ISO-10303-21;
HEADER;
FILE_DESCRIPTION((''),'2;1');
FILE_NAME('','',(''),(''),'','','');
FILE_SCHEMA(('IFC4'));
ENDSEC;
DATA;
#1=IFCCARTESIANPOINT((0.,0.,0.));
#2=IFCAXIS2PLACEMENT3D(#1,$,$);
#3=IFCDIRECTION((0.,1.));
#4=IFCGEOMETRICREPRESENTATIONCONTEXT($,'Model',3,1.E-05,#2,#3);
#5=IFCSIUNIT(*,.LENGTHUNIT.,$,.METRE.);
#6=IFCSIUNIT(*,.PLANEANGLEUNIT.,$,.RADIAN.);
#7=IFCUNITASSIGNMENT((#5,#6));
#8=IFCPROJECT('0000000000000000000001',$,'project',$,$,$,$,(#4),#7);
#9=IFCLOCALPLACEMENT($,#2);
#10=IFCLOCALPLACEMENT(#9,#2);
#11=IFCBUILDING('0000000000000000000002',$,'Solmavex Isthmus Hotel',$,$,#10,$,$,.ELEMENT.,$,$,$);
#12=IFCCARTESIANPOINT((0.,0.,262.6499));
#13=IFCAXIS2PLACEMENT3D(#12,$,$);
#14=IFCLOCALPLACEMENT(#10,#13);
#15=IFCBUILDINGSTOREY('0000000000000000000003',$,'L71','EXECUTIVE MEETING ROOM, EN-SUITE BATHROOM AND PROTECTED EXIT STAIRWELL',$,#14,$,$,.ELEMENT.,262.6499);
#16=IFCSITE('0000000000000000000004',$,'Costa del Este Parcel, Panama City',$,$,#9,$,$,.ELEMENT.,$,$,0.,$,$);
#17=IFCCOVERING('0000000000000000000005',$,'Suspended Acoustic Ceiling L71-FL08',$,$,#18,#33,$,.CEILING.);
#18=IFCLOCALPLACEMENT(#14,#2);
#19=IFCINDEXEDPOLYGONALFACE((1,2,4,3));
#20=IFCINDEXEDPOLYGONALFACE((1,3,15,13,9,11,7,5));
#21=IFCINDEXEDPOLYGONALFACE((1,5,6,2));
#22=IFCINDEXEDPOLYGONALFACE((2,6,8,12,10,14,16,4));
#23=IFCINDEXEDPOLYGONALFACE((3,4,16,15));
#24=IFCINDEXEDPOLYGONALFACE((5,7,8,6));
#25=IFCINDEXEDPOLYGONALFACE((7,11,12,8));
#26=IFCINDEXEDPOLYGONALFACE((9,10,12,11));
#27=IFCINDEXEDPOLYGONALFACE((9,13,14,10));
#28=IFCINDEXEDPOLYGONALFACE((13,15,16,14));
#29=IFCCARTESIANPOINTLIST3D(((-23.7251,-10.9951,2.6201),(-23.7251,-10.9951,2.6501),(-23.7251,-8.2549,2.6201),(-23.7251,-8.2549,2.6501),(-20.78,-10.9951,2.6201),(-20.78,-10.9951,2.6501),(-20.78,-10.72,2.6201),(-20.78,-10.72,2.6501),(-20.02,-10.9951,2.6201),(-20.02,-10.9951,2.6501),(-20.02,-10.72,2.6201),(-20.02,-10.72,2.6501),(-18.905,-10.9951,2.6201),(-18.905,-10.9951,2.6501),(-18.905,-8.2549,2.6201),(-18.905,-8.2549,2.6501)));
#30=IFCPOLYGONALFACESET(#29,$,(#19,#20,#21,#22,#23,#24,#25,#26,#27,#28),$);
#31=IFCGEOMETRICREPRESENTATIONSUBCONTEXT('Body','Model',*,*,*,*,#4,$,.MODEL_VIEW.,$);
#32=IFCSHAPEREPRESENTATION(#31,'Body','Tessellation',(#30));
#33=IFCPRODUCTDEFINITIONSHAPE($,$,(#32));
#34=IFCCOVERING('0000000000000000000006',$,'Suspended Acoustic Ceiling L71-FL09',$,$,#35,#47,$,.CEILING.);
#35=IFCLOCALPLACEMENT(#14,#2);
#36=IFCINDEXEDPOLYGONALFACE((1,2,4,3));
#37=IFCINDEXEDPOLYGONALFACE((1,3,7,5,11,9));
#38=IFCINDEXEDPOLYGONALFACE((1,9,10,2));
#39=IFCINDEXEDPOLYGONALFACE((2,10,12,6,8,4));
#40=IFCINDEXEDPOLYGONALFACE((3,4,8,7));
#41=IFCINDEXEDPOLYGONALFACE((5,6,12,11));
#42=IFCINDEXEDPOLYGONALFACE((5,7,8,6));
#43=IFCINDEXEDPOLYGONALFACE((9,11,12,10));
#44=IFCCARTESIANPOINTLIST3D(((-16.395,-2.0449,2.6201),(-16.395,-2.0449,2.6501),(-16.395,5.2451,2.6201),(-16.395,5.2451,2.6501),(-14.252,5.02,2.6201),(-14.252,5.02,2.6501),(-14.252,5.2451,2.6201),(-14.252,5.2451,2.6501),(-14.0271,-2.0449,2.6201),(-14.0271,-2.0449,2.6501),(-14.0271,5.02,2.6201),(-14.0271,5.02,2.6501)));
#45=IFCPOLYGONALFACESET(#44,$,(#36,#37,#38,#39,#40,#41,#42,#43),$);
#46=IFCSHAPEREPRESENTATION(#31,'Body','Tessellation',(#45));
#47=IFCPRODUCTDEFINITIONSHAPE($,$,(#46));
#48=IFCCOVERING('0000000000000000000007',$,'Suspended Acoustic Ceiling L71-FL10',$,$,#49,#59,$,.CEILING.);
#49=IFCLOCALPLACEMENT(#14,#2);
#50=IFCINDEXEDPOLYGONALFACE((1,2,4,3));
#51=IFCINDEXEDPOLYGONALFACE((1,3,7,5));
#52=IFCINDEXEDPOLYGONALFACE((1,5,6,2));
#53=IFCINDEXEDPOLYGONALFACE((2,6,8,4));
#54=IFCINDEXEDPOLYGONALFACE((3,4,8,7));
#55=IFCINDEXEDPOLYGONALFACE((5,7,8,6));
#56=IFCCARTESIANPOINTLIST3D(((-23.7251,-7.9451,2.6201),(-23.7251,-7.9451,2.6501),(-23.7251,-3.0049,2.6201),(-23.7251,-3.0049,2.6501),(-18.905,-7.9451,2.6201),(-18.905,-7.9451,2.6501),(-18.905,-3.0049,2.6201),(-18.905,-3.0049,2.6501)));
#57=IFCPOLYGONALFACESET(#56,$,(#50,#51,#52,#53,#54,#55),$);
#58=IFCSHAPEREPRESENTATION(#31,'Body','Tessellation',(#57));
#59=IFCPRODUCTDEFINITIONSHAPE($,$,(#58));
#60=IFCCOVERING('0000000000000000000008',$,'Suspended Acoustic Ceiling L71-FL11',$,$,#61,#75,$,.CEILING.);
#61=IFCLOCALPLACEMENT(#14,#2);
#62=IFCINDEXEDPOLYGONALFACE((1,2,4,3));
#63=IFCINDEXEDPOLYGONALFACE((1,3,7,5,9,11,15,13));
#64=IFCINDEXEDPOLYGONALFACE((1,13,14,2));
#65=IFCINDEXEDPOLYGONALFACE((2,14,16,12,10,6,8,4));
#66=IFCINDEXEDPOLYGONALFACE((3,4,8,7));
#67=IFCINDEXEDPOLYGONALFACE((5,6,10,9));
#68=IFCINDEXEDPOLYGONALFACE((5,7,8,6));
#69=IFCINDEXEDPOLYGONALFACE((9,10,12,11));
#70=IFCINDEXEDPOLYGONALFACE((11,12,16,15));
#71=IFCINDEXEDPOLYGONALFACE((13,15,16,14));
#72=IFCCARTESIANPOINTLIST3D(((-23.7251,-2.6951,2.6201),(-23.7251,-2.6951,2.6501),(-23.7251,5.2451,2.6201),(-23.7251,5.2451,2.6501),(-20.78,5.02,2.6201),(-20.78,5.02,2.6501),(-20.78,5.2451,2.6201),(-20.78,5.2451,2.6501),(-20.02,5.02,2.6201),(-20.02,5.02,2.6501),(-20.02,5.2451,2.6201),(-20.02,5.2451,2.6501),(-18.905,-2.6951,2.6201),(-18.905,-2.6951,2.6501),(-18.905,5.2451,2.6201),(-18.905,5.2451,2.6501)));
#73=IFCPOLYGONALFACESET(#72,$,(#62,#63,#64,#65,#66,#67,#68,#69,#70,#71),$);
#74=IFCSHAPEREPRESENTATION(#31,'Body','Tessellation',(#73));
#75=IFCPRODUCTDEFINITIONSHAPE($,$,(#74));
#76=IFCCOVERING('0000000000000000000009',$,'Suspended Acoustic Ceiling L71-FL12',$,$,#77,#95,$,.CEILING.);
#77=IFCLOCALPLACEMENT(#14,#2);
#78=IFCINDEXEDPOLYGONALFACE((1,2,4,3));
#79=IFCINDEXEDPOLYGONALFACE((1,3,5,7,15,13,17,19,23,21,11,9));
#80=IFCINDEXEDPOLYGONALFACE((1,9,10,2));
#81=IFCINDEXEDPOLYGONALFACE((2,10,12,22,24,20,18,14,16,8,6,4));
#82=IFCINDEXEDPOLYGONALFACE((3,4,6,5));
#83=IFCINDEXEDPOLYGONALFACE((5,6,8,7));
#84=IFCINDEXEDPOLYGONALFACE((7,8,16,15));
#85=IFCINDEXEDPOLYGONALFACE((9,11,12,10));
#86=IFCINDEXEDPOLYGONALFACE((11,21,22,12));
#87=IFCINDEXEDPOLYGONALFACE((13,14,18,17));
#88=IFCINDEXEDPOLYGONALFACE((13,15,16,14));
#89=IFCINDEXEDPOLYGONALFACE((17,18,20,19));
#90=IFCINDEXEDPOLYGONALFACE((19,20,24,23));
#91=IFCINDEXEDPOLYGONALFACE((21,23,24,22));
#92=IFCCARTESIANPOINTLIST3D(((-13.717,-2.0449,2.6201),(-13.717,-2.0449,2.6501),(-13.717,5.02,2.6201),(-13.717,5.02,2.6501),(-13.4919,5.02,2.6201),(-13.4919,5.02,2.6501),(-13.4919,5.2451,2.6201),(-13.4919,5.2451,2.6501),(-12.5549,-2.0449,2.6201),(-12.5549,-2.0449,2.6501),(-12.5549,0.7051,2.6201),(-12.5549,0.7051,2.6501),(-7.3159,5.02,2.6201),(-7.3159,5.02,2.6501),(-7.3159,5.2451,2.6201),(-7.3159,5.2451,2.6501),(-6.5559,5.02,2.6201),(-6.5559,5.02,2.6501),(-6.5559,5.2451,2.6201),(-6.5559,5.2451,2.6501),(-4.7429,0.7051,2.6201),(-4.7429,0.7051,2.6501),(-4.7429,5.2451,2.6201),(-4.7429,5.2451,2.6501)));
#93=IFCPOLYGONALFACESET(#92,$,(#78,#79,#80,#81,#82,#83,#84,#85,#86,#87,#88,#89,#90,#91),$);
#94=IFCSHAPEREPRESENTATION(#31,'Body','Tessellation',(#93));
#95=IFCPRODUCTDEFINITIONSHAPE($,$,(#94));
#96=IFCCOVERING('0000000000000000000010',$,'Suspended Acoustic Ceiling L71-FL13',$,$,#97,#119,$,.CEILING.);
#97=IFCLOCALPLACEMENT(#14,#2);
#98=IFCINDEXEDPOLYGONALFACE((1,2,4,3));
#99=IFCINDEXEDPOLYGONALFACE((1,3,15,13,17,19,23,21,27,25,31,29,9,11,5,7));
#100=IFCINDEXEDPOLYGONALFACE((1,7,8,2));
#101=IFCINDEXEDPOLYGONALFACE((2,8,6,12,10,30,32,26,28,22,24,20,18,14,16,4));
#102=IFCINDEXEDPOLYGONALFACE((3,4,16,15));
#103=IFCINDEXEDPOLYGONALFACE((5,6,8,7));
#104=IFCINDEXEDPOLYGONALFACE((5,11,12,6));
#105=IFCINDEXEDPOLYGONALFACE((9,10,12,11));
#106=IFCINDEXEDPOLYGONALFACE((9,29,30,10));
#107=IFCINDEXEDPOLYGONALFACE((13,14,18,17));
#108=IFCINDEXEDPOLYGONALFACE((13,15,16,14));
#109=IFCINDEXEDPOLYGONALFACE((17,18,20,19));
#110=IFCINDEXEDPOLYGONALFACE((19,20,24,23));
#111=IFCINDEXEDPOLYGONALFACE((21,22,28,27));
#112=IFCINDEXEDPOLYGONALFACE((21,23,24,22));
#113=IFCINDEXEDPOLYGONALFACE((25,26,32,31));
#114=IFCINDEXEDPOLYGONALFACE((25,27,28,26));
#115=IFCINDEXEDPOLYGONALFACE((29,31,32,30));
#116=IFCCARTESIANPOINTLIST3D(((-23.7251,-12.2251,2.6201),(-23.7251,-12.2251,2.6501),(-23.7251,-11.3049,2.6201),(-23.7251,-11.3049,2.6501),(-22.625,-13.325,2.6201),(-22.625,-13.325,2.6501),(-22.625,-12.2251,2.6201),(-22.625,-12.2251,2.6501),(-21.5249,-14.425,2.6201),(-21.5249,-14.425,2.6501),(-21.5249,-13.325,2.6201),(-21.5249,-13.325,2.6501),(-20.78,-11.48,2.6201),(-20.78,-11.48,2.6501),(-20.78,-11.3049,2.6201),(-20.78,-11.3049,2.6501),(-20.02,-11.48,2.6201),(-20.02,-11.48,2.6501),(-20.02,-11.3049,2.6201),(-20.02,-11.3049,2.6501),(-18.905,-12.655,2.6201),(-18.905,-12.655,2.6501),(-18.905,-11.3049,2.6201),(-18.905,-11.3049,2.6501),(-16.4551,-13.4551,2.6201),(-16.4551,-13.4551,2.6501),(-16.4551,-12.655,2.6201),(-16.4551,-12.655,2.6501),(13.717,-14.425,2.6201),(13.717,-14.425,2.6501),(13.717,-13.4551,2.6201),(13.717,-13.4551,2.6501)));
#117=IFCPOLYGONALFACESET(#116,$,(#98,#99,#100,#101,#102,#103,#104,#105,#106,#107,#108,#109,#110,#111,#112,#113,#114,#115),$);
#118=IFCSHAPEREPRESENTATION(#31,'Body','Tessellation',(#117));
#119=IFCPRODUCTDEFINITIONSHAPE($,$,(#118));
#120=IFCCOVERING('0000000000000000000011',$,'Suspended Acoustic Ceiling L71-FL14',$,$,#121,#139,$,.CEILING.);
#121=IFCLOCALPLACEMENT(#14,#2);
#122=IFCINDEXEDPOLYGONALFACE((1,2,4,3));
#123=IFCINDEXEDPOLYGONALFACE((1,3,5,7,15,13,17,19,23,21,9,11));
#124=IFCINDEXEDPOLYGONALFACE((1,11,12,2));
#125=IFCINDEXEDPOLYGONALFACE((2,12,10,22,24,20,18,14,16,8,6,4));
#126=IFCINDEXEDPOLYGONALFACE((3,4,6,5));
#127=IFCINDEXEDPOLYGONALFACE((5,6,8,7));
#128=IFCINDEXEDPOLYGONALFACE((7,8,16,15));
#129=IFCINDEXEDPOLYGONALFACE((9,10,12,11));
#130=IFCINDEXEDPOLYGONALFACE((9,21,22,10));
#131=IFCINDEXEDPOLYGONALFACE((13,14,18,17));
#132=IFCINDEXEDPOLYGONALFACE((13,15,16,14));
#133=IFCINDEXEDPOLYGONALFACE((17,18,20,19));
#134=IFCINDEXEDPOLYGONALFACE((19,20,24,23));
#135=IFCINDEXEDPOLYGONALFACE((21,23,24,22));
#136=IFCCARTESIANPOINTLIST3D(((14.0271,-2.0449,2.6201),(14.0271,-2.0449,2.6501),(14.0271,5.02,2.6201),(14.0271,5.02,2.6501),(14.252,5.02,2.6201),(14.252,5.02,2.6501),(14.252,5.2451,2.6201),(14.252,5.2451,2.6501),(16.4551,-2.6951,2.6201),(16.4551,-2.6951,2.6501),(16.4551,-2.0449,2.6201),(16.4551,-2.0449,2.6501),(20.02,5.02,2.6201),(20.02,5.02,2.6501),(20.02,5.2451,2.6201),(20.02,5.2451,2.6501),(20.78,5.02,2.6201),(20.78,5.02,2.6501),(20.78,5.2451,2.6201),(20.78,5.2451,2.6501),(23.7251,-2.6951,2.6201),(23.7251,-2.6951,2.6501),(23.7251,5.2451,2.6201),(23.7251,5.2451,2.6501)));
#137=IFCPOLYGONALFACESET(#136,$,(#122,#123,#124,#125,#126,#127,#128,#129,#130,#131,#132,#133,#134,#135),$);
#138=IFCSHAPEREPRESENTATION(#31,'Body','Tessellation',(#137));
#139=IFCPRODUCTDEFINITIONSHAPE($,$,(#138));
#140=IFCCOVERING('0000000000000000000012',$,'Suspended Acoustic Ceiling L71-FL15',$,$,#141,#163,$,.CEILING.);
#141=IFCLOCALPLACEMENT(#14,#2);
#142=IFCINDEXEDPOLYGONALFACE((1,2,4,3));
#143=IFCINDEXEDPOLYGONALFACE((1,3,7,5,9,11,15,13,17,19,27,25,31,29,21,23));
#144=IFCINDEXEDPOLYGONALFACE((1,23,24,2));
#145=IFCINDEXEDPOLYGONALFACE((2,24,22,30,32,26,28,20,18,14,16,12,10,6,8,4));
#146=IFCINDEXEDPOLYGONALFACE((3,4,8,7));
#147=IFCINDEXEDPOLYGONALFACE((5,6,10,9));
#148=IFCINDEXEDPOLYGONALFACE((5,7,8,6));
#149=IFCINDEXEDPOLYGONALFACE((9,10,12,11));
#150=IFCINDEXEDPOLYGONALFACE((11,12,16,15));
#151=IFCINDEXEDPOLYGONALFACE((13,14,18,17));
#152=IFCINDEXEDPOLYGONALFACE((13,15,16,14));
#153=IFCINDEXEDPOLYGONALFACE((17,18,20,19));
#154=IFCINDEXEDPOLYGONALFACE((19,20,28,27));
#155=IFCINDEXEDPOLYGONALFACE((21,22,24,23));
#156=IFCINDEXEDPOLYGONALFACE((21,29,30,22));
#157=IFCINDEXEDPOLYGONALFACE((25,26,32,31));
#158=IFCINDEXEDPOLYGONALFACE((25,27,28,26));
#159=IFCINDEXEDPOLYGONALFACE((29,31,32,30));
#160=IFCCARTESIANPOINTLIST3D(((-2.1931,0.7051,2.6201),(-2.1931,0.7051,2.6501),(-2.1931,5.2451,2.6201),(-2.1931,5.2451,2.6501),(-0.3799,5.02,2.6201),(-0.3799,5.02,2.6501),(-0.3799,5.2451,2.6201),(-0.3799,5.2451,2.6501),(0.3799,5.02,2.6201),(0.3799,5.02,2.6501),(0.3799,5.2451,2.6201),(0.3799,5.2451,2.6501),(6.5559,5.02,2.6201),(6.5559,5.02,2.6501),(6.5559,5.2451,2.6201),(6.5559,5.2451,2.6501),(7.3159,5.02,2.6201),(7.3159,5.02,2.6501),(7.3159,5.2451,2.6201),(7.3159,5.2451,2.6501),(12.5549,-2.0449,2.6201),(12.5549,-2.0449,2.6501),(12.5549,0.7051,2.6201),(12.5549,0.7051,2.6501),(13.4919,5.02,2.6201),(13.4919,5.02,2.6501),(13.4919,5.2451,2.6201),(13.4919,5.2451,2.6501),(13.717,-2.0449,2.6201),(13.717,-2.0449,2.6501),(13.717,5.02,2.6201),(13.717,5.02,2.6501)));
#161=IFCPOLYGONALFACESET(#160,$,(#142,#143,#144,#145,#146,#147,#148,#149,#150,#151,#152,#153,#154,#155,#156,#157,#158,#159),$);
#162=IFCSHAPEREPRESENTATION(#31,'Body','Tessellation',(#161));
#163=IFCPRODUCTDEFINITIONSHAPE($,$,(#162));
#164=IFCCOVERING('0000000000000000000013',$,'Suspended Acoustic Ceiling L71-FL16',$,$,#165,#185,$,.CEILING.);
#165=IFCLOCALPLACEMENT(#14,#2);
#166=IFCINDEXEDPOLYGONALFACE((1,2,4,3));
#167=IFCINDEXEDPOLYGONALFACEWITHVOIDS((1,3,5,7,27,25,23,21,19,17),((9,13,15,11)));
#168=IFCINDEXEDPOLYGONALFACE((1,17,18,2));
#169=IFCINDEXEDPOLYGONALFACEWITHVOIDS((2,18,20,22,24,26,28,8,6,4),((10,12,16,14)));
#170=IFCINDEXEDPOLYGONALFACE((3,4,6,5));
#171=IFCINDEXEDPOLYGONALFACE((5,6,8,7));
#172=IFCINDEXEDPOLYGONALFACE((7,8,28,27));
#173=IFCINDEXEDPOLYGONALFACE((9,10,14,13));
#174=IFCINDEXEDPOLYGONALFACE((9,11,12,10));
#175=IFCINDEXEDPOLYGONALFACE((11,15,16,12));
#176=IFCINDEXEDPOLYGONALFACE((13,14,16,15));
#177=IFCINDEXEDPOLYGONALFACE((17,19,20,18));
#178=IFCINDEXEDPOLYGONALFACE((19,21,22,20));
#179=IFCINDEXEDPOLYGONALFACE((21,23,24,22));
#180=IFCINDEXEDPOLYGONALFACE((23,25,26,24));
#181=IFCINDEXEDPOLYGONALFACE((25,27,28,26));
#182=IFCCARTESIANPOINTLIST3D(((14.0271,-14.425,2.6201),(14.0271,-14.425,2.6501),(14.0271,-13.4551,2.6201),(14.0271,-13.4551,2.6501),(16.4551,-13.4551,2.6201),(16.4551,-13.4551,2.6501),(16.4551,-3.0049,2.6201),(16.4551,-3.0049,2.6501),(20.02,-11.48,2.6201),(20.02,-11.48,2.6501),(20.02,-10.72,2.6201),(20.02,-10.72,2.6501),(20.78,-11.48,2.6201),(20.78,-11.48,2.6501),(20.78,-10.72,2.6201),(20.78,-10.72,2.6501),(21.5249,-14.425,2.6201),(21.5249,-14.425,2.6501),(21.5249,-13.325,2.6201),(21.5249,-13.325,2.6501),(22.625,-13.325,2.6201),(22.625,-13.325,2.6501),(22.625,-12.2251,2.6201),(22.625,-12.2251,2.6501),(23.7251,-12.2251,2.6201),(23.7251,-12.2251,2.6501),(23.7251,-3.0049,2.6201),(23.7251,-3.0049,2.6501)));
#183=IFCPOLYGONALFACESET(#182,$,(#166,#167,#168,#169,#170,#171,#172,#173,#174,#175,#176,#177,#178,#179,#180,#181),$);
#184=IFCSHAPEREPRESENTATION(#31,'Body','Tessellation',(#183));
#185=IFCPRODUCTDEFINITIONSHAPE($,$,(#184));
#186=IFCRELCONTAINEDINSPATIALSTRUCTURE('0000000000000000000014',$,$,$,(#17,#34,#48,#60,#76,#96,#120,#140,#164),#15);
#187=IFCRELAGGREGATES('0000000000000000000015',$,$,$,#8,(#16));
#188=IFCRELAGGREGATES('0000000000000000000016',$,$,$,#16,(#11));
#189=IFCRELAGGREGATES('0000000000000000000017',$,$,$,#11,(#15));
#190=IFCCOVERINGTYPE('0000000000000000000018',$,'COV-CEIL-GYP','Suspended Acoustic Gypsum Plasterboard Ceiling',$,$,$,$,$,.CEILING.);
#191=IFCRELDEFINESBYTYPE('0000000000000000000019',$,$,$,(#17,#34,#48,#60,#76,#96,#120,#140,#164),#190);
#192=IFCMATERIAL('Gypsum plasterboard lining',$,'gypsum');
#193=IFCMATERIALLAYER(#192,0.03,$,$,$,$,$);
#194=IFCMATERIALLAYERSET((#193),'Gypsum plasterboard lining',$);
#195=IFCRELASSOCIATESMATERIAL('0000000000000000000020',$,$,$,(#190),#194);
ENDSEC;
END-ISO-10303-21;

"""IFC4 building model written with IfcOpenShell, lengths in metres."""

from ifc_helpers import new_model, si_unit, direction, frame, origin, place, context, subcontext, project, spatial, polyline, outline, extrude, material, layer, layer_set, type_object, element, save


model = new_model("IFC4")

# Units and contexts
model_context = context("Model", 3, precision=1e-05, world=origin(), true_north=direction((0.0, 1.0)))
body_context = subcontext(model_context, "Body", "Model", "MODEL_VIEW")
ifc_project = project(units=[si_unit("LENGTHUNIT", "METRE"), si_unit("PLANEANGLEUNIT", "RADIAN")], contexts=[model_context])

# Site, building, storey
site_placement = place(None, origin())
site = spatial("IfcSite", under=ifc_project, at=site_placement, Name="Costa del Este Parcel, Panama City", CompositionType="ELEMENT", RefElevation=0.0)
building_placement = place(site_placement, origin())
building = spatial("IfcBuilding", under=site, at=building_placement, Name="Solmavex Isthmus Hotel", CompositionType="ELEMENT")
storey_placement = place(building_placement, frame((0.0, 0.0, 262.6499)))
storey = spatial("IfcBuildingStorey", under=building, at=storey_placement, Name="L71", Description="EXECUTIVE MEETING ROOM, EN-SUITE BATHROOM AND PROTECTED EXIT STAIRWELL", CompositionType="ELEMENT", Elevation=262.6499)

# Shared definitions
ifc_material_1 = material(Name="Gypsum plasterboard lining", Category="gypsum")

# Coverings
ifc_layer_1 = layer(ifc_material_1, 0.03)
ifc_layer_set_1 = layer_set([ifc_layer_1], Name="Gypsum plasterboard lining")
covering_type_1 = type_object("IfcCoveringType", Name="COV-CEIL-GYP", Description="Suspended Acoustic Gypsum Plasterboard Ceiling", PredefinedType="CEILING", material=ifc_layer_set_1)
covering_1_placement = place(storey_placement, frame((0.0, 0.0, 2.6201)))
element("IfcCovering", 1, at=covering_1_placement, inside=storey, type_object=covering_type_1, Name="Suspended Acoustic Ceiling L71-FL08", PredefinedType="CEILING", context=body_context, shape_type="SweptSolid", body=[
    extrude(outline(polyline([(-20.78, -10.9951), (-20.78, -10.72), (-20.02, -10.72), (-20.02, -10.9951), (-18.905, -10.9951), (-18.905, -8.2549), (-23.7251, -8.2549), (-23.7251, -10.9951), (-20.78, -10.9951)])), origin(), (0.0, 0.0, 1.0), 0.03),
])
covering_2_placement = place(storey_placement, frame((0.0, 0.0, 2.6201)))
element("IfcCovering", 2, at=covering_2_placement, inside=storey, type_object=covering_type_1, Name="Suspended Acoustic Ceiling L71-FL09", PredefinedType="CEILING", context=body_context, shape_type="SweptSolid", body=[
    extrude(outline(polyline([(-16.395, -2.0449), (-14.0271, -2.0449), (-14.0271, 5.02), (-14.252, 5.02), (-14.252, 5.2451), (-16.395, 5.2451), (-16.395, -2.0449)])), origin(), (0.0, 0.0, 1.0), 0.03),
])
covering_3_placement = place(storey_placement, frame((0.0, 0.0, 2.6201)))
element("IfcCovering", 3, at=covering_3_placement, inside=storey, type_object=covering_type_1, Name="Suspended Acoustic Ceiling L71-FL10", PredefinedType="CEILING", context=body_context, shape_type="SweptSolid", body=[
    extrude(outline(polyline([(-23.7251, -7.9451), (-18.905, -7.9451), (-18.905, -3.0049), (-23.7251, -3.0049), (-23.7251, -7.9451)])), origin(), (0.0, 0.0, 1.0), 0.03),
])
covering_4_placement = place(storey_placement, frame((0.0, 0.0, 2.6201)))
element("IfcCovering", 4, at=covering_4_placement, inside=storey, type_object=covering_type_1, Name="Suspended Acoustic Ceiling L71-FL11", PredefinedType="CEILING", context=body_context, shape_type="SweptSolid", body=[
    extrude(outline(polyline([(-20.02, 5.2451), (-20.02, 5.02), (-20.78, 5.02), (-20.78, 5.2451), (-23.7251, 5.2451), (-23.7251, -2.6951), (-18.905, -2.6951), (-18.905, 5.2451), (-20.02, 5.2451)])), origin(), (0.0, 0.0, 1.0), 0.03),
])
covering_5_placement = place(storey_placement, frame((0.0, 0.0, 2.6201)))
element("IfcCovering", 5, at=covering_5_placement, inside=storey, type_object=covering_type_1, Name="Suspended Acoustic Ceiling L71-FL12", PredefinedType="CEILING", context=body_context, shape_type="SweptSolid", body=[
    extrude(outline(polyline([(-6.5559, 5.2451), (-6.5559, 5.02), (-7.3159, 5.02), (-7.3159, 5.2451), (-13.4919, 5.2451), (-13.4919, 5.02), (-13.717, 5.02), (-13.717, -2.0449), (-12.5549, -2.0449), (-12.5549, 0.7051), (-4.7429, 0.7051), (-4.7429, 5.2451), (-6.5559, 5.2451)])), origin(), (0.0, 0.0, 1.0), 0.03),
])
covering_6_placement = place(storey_placement, frame((0.0, 0.0, 2.6201)))
element("IfcCovering", 6, at=covering_6_placement, inside=storey, type_object=covering_type_1, Name="Suspended Acoustic Ceiling L71-FL13", PredefinedType="CEILING", context=body_context, shape_type="SweptSolid", body=[
    extrude(outline(polyline([(-20.02, -11.3049), (-20.02, -11.48), (-20.78, -11.48), (-20.78, -11.3049), (-23.7251, -11.3049), (-23.7251, -12.2251), (-22.625, -12.2251), (-22.625, -13.325), (-21.5249, -13.325), (-21.5249, -14.425), (13.717, -14.425), (13.717, -13.4551), (-16.4551, -13.4551), (-16.4551, -12.655), (-18.905, -12.655), (-18.905, -11.3049), (-20.02, -11.3049)])), origin(), (0.0, 0.0, 1.0), 0.03),
])
covering_7_placement = place(storey_placement, frame((0.0, 0.0, 2.6201)))
element("IfcCovering", 7, at=covering_7_placement, inside=storey, type_object=covering_type_1, Name="Suspended Acoustic Ceiling L71-FL14", PredefinedType="CEILING", context=body_context, shape_type="SweptSolid", body=[
    extrude(outline(polyline([(14.252, 5.2451), (14.252, 5.02), (14.0271, 5.02), (14.0271, -2.0449), (16.4551, -2.0449), (16.4551, -2.6951), (23.7251, -2.6951), (23.7251, 5.2451), (20.78, 5.2451), (20.78, 5.02), (20.02, 5.02), (20.02, 5.2451), (14.252, 5.2451)])), origin(), (0.0, 0.0, 1.0), 0.03),
])
covering_8_placement = place(storey_placement, frame((0.0, 0.0, 2.6201)))
element("IfcCovering", 8, at=covering_8_placement, inside=storey, type_object=covering_type_1, Name="Suspended Acoustic Ceiling L71-FL15", PredefinedType="CEILING", context=body_context, shape_type="SweptSolid", body=[
    extrude(outline(polyline([(0.3799, 5.2451), (0.3799, 5.02), (-0.3799, 5.02), (-0.3799, 5.2451), (-2.1931, 5.2451), (-2.1931, 0.7051), (12.5549, 0.7051), (12.5549, -2.0449), (13.717, -2.0449), (13.717, 5.02), (13.4919, 5.02), (13.4919, 5.2451), (7.3159, 5.2451), (7.3159, 5.02), (6.5559, 5.02), (6.5559, 5.2451), (0.3799, 5.2451)])), origin(), (0.0, 0.0, 1.0), 0.03),
])
covering_9_placement = place(storey_placement, frame((0.0, 0.0, 2.6201)))
element("IfcCovering", 9, at=covering_9_placement, inside=storey, type_object=covering_type_1, Name="Suspended Acoustic Ceiling L71-FL16", PredefinedType="CEILING", context=body_context, shape_type="SweptSolid", body=[
    extrude(outline(polyline([(16.4551, -3.0049), (16.4551, -13.4551), (14.0271, -13.4551), (14.0271, -14.425), (21.5249, -14.425), (21.5249, -13.325), (22.625, -13.325), (22.625, -12.2251), (23.7251, -12.2251), (23.7251, -3.0049), (16.4551, -3.0049)]), holes=[polyline([(20.02, -11.48), (20.02, -10.72), (20.78, -10.72), (20.78, -11.48), (20.02, -11.48)])]), origin(), (0.0, 0.0, 1.0), 0.03),
])

save(model, "model.ifc")
